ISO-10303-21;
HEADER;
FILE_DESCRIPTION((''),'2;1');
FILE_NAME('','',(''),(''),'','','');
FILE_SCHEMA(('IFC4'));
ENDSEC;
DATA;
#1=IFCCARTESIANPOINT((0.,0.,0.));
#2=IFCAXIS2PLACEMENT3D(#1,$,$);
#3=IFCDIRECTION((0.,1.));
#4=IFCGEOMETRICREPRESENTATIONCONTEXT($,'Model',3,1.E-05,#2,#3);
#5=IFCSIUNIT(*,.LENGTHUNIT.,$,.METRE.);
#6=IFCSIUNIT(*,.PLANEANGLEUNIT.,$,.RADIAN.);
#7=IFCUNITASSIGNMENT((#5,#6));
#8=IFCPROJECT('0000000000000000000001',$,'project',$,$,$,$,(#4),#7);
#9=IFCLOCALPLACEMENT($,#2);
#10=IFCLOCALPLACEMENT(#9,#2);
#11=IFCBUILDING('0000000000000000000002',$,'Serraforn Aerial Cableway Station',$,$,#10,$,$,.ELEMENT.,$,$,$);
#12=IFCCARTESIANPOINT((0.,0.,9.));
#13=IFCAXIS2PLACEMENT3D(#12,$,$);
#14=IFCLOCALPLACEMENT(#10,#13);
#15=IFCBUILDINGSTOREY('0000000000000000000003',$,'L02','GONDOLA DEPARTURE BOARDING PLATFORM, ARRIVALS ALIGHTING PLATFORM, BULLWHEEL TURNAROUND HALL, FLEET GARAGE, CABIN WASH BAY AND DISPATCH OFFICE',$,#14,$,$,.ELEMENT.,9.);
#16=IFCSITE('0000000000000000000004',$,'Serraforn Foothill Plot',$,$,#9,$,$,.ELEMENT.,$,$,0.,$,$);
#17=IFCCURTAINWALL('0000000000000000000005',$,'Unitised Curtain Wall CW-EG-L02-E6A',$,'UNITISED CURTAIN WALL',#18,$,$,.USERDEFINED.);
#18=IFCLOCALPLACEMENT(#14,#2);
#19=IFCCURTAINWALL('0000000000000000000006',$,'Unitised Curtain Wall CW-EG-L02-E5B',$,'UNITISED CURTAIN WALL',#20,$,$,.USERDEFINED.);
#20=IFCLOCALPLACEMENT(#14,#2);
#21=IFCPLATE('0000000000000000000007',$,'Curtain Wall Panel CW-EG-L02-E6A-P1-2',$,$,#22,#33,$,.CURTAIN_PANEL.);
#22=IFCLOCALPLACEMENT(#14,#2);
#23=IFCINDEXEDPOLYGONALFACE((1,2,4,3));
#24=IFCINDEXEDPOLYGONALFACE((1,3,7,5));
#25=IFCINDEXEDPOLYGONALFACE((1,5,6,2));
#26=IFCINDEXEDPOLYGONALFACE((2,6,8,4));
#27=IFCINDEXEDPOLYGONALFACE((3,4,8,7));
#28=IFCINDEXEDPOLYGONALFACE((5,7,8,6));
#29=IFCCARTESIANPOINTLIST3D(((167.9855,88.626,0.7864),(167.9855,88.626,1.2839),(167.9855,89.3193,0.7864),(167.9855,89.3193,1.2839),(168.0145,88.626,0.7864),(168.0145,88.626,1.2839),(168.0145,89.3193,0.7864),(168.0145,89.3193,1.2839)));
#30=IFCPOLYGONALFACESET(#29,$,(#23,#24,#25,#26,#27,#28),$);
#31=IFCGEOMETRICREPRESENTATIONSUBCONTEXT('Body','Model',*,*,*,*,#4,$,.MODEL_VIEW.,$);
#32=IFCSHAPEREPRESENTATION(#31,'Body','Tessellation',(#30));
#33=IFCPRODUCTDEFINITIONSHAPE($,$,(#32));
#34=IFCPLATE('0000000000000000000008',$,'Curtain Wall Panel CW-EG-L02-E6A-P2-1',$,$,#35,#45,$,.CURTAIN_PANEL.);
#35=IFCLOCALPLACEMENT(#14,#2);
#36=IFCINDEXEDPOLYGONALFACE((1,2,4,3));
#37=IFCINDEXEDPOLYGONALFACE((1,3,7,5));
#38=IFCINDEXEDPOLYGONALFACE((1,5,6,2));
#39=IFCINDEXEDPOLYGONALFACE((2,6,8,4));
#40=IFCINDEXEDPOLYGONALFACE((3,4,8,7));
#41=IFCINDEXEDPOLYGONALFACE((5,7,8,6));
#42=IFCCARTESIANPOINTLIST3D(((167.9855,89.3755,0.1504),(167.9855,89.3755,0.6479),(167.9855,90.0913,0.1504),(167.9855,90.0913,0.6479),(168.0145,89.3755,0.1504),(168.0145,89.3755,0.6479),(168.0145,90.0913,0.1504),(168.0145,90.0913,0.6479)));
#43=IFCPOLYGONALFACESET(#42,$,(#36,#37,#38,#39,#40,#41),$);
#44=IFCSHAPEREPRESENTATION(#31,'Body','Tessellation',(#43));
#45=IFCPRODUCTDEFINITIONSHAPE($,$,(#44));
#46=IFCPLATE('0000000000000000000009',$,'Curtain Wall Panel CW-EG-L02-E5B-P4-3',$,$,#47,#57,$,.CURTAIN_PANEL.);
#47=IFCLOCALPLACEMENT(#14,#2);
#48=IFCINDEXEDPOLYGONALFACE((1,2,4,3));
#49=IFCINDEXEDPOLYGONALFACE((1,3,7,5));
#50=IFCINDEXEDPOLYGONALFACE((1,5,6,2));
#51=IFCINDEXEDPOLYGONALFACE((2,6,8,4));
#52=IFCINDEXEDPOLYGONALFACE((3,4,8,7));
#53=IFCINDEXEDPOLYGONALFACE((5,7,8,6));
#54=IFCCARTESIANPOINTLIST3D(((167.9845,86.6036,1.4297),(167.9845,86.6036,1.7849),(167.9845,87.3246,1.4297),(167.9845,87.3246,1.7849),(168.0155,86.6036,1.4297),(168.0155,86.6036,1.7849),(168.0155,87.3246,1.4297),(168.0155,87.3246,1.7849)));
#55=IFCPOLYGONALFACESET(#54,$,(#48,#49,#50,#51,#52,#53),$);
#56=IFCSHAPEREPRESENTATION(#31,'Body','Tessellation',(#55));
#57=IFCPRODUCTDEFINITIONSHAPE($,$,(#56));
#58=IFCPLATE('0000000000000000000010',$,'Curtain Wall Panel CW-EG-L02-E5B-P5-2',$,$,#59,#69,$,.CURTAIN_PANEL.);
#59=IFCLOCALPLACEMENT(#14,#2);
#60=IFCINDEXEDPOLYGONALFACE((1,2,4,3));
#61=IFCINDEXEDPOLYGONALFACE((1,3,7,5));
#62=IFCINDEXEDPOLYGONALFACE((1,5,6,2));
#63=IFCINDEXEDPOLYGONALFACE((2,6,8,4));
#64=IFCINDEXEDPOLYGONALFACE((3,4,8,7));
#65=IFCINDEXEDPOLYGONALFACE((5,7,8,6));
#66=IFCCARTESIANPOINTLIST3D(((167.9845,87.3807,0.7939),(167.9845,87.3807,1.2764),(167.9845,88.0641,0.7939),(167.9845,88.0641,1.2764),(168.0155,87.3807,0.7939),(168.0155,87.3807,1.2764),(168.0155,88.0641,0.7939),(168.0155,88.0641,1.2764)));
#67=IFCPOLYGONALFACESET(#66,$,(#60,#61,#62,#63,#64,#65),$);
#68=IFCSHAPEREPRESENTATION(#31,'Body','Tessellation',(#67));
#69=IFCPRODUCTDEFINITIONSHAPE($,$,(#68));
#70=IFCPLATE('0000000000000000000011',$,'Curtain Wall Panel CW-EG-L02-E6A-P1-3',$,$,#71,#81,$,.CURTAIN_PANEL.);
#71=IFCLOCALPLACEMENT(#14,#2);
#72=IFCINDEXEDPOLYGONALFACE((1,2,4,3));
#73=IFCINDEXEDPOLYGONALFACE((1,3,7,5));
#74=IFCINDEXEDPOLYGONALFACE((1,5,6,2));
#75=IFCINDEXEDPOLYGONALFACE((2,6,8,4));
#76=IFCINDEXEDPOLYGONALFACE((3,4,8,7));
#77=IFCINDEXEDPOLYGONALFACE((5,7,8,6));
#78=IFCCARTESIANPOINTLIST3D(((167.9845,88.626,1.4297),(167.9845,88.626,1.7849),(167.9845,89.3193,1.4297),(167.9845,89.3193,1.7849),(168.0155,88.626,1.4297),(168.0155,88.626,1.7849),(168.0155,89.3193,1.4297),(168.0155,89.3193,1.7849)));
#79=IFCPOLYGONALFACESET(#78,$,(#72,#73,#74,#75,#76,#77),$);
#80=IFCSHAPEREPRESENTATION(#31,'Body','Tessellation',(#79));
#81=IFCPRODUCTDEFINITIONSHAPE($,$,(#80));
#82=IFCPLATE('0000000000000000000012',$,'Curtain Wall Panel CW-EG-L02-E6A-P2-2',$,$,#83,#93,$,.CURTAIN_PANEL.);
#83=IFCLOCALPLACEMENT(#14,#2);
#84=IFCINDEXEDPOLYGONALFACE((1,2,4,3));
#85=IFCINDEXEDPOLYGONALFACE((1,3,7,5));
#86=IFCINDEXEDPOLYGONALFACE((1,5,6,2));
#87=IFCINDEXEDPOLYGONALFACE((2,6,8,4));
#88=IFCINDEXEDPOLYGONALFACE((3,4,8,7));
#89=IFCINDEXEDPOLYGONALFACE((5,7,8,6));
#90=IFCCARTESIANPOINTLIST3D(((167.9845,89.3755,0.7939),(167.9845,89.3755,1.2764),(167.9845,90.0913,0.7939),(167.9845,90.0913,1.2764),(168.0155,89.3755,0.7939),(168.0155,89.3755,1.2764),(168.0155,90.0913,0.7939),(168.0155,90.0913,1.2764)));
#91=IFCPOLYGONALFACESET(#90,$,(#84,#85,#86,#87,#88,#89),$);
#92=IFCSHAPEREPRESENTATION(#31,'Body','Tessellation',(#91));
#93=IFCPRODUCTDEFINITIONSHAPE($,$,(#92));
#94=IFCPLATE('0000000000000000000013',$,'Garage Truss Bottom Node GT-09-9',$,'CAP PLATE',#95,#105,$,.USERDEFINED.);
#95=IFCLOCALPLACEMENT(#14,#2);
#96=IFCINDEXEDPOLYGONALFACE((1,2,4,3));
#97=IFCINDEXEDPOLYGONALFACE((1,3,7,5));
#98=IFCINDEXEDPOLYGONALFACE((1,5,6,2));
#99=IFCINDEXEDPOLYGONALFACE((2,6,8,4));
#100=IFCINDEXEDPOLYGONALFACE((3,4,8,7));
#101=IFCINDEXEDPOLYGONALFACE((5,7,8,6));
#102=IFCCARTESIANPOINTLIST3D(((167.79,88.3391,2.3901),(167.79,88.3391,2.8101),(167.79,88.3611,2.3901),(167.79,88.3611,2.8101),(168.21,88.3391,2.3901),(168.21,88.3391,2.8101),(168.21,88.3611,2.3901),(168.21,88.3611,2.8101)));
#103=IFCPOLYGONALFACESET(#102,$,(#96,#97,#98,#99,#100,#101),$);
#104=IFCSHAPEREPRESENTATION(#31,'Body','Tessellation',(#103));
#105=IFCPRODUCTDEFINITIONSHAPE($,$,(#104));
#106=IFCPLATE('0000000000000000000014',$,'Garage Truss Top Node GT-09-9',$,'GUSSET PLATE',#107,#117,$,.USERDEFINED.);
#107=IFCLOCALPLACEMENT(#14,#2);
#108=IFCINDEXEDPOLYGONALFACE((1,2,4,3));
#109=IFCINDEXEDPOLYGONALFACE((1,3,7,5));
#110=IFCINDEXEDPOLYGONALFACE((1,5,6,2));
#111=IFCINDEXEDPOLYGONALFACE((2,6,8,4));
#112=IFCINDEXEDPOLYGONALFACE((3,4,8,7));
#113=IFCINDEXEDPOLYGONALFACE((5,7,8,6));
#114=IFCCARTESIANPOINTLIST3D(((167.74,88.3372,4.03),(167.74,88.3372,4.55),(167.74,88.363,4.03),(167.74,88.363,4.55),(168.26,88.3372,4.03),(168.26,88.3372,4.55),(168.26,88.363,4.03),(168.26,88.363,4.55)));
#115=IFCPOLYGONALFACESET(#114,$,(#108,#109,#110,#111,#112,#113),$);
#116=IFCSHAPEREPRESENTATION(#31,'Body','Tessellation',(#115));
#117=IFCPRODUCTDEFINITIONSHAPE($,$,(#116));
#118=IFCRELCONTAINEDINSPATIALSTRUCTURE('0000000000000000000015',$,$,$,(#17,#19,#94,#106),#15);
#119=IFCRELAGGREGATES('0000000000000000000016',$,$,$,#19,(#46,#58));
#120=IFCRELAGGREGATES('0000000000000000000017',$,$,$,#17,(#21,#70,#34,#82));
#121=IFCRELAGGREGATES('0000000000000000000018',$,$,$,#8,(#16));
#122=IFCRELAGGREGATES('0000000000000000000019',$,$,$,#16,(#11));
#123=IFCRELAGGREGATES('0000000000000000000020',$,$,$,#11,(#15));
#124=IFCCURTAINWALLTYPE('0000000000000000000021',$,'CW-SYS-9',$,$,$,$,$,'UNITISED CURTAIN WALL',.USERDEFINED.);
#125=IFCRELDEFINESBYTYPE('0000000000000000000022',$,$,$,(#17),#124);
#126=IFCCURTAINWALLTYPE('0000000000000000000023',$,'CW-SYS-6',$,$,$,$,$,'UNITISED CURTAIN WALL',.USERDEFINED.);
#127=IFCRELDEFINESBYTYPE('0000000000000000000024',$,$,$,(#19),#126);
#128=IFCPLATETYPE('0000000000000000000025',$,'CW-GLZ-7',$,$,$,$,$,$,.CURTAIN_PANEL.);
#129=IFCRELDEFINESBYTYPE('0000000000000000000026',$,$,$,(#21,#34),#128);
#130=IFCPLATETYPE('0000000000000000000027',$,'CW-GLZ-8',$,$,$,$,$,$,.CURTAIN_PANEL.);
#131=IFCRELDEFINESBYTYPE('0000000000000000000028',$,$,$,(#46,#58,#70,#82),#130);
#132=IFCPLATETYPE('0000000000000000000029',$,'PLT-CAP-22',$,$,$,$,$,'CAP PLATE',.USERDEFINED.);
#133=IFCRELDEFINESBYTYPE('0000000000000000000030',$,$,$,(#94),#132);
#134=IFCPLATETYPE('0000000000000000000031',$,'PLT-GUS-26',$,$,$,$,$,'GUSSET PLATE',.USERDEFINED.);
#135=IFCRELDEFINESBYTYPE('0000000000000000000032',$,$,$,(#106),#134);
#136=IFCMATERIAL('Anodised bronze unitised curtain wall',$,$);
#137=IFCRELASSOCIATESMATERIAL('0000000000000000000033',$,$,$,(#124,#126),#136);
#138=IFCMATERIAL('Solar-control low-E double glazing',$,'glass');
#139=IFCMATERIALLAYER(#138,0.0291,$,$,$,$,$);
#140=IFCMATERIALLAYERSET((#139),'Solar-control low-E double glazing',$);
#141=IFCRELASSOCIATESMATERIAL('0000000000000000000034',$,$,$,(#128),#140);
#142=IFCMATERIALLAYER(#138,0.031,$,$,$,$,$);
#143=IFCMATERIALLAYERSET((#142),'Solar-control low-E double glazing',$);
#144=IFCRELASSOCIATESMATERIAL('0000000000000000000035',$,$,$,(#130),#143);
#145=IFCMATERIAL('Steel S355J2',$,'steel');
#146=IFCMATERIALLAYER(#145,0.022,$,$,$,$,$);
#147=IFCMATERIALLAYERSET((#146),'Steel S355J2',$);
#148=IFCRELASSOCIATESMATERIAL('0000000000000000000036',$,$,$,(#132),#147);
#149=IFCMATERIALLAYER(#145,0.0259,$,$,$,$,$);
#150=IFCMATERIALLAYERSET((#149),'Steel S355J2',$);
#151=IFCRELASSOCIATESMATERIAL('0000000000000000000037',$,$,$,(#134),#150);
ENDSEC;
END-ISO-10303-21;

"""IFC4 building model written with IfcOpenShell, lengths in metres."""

from ifc_helpers import new_model, si_unit, direction, frame, origin, origin_2d, place, context, subcontext, project, spatial, rectangle, extrude, material, layer, layer_set, type_object, element, aggregate, save


model = new_model("IFC4")

# Units and contexts
model_context = context("Model", 3, precision=1e-05, world=origin(), true_north=direction((0.0, 1.0)))
body_context = subcontext(model_context, "Body", "Model", "MODEL_VIEW")
ifc_project = project(units=[si_unit("LENGTHUNIT", "METRE"), si_unit("PLANEANGLEUNIT", "RADIAN")], contexts=[model_context])

# Site, building, storey
site_placement = place(None, origin())
site = spatial("IfcSite", under=ifc_project, at=site_placement, Name="Serraforn Foothill Plot", CompositionType="ELEMENT", RefElevation=0.0)
building_placement = place(site_placement, origin())
building = spatial("IfcBuilding", under=site, at=building_placement, Name="Serraforn Aerial Cableway Station", CompositionType="ELEMENT")
storey_placement = place(building_placement, frame((0.0, 0.0, 9.0)))
storey = spatial("IfcBuildingStorey", under=building, at=storey_placement, Name="L02", Description="GONDOLA DEPARTURE BOARDING PLATFORM, ARRIVALS ALIGHTING PLATFORM, BULLWHEEL TURNAROUND HALL, FLEET GARAGE, CABIN WASH BAY AND DISPATCH OFFICE", CompositionType="ELEMENT", Elevation=9.0)

# Shared definitions
ifc_material_1 = material(Name="Steel S355J2", Category="steel")

# Curtain walls
ifc_material_2 = material(Name="Anodised bronze unitised curtain wall")
curtain_wall_type_1 = type_object("IfcCurtainWallType", Name="CW-SYS-9", ElementType="UNITISED CURTAIN WALL", PredefinedType="USERDEFINED", material=ifc_material_2)
curtain_wall_1_placement = place(storey_placement, origin())
curtain_wall_1 = element("IfcCurtainWall", 1, at=curtain_wall_1_placement, inside=storey, type_object=curtain_wall_type_1, Name="Unitised Curtain Wall CW-EG-L02-E6A", ObjectType="UNITISED CURTAIN WALL", PredefinedType="USERDEFINED")
curtain_wall_type_2 = type_object("IfcCurtainWallType", Name="CW-SYS-6", ElementType="UNITISED CURTAIN WALL", PredefinedType="USERDEFINED", material=ifc_material_2)
curtain_wall_2_placement = place(storey_placement, origin())
curtain_wall_2 = element("IfcCurtainWall", 2, at=curtain_wall_2_placement, inside=storey, type_object=curtain_wall_type_2, Name="Unitised Curtain Wall CW-EG-L02-E5B", ObjectType="UNITISED CURTAIN WALL", PredefinedType="USERDEFINED")

# Plates
ifc_material_3 = material(Name="Solar-control low-E double glazing", Category="glass")
ifc_layer_1 = layer(ifc_material_3, 0.0291)
ifc_layer_set_1 = layer_set([ifc_layer_1], Name="Solar-control low-E double glazing")
plate_type_1 = type_object("IfcPlateType", Name="CW-GLZ-7", PredefinedType="CURTAIN_PANEL", material=ifc_layer_set_1)
plate_1_placement = place(storey_placement, frame((168.0, 88.9727, 0.7864), z_axis=(0.0, 0.0, 1.0), x_axis=(1.0, 0.0, 0.0)))
plate_1 = element("IfcPlate", 3, at=plate_1_placement, type_object=plate_type_1, Name="Curtain Wall Panel CW-EG-L02-E6A-P1-2", PredefinedType="CURTAIN_PANEL", context=body_context, shape_type="SweptSolid", body=[
    extrude(rectangle(XDim=0.0291, YDim=0.6934, at=origin_2d()), origin(), (0.0, 0.0, 1.0), 0.4976),
])
plate_2_placement = place(storey_placement, frame((168.0, 89.7334, 0.1504), z_axis=(0.0, 0.0, 1.0), x_axis=(1.0, 0.0, 0.0)))
plate_2 = element("IfcPlate", 4, at=plate_2_placement, type_object=plate_type_1, Name="Curtain Wall Panel CW-EG-L02-E6A-P2-1", PredefinedType="CURTAIN_PANEL", context=body_context, shape_type="SweptSolid", body=[
    extrude(rectangle(XDim=0.0291, YDim=0.7158, at=origin_2d()), origin(), (0.0, 0.0, 1.0), 0.4976),
])
ifc_layer_2 = layer(ifc_material_3, 0.031)
ifc_layer_set_2 = layer_set([ifc_layer_2], Name="Solar-control low-E double glazing")
plate_type_2 = type_object("IfcPlateType", Name="CW-GLZ-8", PredefinedType="CURTAIN_PANEL", material=ifc_layer_set_2)
plate_3_placement = place(storey_placement, frame((168.0, 86.9641, 1.4297), z_axis=(0.0, 0.0, 1.0), x_axis=(1.0, 0.0, 0.0)))
plate_3 = element("IfcPlate", 5, at=plate_3_placement, type_object=plate_type_2, Name="Curtain Wall Panel CW-EG-L02-E5B-P4-3", PredefinedType="CURTAIN_PANEL", context=body_context, shape_type="SweptSolid", body=[
    extrude(rectangle(XDim=0.031, YDim=0.7209, at=origin_2d()), origin(), (0.0, 0.0, 1.0), 0.3552),
])
plate_4_placement = place(storey_placement, frame((168.0, 87.7224, 0.7939), z_axis=(0.0, 0.0, 1.0), x_axis=(1.0, 0.0, 0.0)))
plate_4 = element("IfcPlate", 6, at=plate_4_placement, type_object=plate_type_2, Name="Curtain Wall Panel CW-EG-L02-E5B-P5-2", PredefinedType="CURTAIN_PANEL", context=body_context, shape_type="SweptSolid", body=[
    extrude(rectangle(XDim=0.031, YDim=0.6833, at=origin_2d()), origin(), (0.0, 0.0, 1.0), 0.4824),
])
aggregate(curtain_wall_2, [plate_3, plate_4])
plate_5_placement = place(storey_placement, frame((168.0, 88.9727, 1.4297), z_axis=(0.0, 0.0, 1.0), x_axis=(1.0, 0.0, 0.0)))
plate_5 = element("IfcPlate", 7, at=plate_5_placement, type_object=plate_type_2, Name="Curtain Wall Panel CW-EG-L02-E6A-P1-3", PredefinedType="CURTAIN_PANEL", context=body_context, shape_type="SweptSolid", body=[
    extrude(rectangle(XDim=0.031, YDim=0.6934, at=origin_2d()), origin(), (0.0, 0.0, 1.0), 0.3552),
])
plate_6_placement = place(storey_placement, frame((168.0, 89.7334, 0.7939), z_axis=(0.0, 0.0, 1.0), x_axis=(1.0, 0.0, 0.0)))
plate_6 = element("IfcPlate", 8, at=plate_6_placement, type_object=plate_type_2, Name="Curtain Wall Panel CW-EG-L02-E6A-P2-2", PredefinedType="CURTAIN_PANEL", context=body_context, shape_type="SweptSolid", body=[
    extrude(rectangle(XDim=0.031, YDim=0.7158, at=origin_2d()), origin(), (0.0, 0.0, 1.0), 0.4824),
])
aggregate(curtain_wall_1, [plate_1, plate_5, plate_2, plate_6])

# Plates
ifc_layer_3 = layer(ifc_material_1, 0.022)
ifc_layer_set_3 = layer_set([ifc_layer_3], Name="Steel S355J2")
plate_type_3 = type_object("IfcPlateType", Name="PLT-CAP-22", ElementType="CAP PLATE", PredefinedType="USERDEFINED", material=ifc_layer_set_3)
plate_7_placement = place(storey_placement, frame((168.0, 88.3501, 2.3901), z_axis=(0.0, 0.0, 1.0), x_axis=(1.0, 0.0, 0.0)))
element("IfcPlate", 9, at=plate_7_placement, inside=storey, type_object=plate_type_3, Name="Garage Truss Bottom Node GT-09-9", ObjectType="CAP PLATE", PredefinedType="USERDEFINED", context=body_context, shape_type="SweptSolid", body=[
    extrude(rectangle(XDim=0.4199, YDim=0.022, at=origin_2d()), origin(), (0.0, 0.0, 1.0), 0.4199),
])
ifc_layer_4 = layer(ifc_material_1, 0.0259)
ifc_layer_set_4 = layer_set([ifc_layer_4], Name="Steel S355J2")
plate_type_4 = type_object("IfcPlateType", Name="PLT-GUS-26", ElementType="GUSSET PLATE", PredefinedType="USERDEFINED", material=ifc_layer_set_4)
plate_8_placement = place(storey_placement, frame((168.0, 88.3501, 4.03), z_axis=(0.0, 0.0, 1.0), x_axis=(1.0, 0.0, 0.0)))
element("IfcPlate", 10, at=plate_8_placement, inside=storey, type_object=plate_type_4, Name="Garage Truss Top Node GT-09-9", ObjectType="GUSSET PLATE", PredefinedType="USERDEFINED", context=body_context, shape_type="SweptSolid", body=[
    extrude(rectangle(XDim=0.52, YDim=0.0259, at=origin_2d()), origin(), (0.0, 0.0, 1.0), 0.52),
])

save(model, "model.ifc")
